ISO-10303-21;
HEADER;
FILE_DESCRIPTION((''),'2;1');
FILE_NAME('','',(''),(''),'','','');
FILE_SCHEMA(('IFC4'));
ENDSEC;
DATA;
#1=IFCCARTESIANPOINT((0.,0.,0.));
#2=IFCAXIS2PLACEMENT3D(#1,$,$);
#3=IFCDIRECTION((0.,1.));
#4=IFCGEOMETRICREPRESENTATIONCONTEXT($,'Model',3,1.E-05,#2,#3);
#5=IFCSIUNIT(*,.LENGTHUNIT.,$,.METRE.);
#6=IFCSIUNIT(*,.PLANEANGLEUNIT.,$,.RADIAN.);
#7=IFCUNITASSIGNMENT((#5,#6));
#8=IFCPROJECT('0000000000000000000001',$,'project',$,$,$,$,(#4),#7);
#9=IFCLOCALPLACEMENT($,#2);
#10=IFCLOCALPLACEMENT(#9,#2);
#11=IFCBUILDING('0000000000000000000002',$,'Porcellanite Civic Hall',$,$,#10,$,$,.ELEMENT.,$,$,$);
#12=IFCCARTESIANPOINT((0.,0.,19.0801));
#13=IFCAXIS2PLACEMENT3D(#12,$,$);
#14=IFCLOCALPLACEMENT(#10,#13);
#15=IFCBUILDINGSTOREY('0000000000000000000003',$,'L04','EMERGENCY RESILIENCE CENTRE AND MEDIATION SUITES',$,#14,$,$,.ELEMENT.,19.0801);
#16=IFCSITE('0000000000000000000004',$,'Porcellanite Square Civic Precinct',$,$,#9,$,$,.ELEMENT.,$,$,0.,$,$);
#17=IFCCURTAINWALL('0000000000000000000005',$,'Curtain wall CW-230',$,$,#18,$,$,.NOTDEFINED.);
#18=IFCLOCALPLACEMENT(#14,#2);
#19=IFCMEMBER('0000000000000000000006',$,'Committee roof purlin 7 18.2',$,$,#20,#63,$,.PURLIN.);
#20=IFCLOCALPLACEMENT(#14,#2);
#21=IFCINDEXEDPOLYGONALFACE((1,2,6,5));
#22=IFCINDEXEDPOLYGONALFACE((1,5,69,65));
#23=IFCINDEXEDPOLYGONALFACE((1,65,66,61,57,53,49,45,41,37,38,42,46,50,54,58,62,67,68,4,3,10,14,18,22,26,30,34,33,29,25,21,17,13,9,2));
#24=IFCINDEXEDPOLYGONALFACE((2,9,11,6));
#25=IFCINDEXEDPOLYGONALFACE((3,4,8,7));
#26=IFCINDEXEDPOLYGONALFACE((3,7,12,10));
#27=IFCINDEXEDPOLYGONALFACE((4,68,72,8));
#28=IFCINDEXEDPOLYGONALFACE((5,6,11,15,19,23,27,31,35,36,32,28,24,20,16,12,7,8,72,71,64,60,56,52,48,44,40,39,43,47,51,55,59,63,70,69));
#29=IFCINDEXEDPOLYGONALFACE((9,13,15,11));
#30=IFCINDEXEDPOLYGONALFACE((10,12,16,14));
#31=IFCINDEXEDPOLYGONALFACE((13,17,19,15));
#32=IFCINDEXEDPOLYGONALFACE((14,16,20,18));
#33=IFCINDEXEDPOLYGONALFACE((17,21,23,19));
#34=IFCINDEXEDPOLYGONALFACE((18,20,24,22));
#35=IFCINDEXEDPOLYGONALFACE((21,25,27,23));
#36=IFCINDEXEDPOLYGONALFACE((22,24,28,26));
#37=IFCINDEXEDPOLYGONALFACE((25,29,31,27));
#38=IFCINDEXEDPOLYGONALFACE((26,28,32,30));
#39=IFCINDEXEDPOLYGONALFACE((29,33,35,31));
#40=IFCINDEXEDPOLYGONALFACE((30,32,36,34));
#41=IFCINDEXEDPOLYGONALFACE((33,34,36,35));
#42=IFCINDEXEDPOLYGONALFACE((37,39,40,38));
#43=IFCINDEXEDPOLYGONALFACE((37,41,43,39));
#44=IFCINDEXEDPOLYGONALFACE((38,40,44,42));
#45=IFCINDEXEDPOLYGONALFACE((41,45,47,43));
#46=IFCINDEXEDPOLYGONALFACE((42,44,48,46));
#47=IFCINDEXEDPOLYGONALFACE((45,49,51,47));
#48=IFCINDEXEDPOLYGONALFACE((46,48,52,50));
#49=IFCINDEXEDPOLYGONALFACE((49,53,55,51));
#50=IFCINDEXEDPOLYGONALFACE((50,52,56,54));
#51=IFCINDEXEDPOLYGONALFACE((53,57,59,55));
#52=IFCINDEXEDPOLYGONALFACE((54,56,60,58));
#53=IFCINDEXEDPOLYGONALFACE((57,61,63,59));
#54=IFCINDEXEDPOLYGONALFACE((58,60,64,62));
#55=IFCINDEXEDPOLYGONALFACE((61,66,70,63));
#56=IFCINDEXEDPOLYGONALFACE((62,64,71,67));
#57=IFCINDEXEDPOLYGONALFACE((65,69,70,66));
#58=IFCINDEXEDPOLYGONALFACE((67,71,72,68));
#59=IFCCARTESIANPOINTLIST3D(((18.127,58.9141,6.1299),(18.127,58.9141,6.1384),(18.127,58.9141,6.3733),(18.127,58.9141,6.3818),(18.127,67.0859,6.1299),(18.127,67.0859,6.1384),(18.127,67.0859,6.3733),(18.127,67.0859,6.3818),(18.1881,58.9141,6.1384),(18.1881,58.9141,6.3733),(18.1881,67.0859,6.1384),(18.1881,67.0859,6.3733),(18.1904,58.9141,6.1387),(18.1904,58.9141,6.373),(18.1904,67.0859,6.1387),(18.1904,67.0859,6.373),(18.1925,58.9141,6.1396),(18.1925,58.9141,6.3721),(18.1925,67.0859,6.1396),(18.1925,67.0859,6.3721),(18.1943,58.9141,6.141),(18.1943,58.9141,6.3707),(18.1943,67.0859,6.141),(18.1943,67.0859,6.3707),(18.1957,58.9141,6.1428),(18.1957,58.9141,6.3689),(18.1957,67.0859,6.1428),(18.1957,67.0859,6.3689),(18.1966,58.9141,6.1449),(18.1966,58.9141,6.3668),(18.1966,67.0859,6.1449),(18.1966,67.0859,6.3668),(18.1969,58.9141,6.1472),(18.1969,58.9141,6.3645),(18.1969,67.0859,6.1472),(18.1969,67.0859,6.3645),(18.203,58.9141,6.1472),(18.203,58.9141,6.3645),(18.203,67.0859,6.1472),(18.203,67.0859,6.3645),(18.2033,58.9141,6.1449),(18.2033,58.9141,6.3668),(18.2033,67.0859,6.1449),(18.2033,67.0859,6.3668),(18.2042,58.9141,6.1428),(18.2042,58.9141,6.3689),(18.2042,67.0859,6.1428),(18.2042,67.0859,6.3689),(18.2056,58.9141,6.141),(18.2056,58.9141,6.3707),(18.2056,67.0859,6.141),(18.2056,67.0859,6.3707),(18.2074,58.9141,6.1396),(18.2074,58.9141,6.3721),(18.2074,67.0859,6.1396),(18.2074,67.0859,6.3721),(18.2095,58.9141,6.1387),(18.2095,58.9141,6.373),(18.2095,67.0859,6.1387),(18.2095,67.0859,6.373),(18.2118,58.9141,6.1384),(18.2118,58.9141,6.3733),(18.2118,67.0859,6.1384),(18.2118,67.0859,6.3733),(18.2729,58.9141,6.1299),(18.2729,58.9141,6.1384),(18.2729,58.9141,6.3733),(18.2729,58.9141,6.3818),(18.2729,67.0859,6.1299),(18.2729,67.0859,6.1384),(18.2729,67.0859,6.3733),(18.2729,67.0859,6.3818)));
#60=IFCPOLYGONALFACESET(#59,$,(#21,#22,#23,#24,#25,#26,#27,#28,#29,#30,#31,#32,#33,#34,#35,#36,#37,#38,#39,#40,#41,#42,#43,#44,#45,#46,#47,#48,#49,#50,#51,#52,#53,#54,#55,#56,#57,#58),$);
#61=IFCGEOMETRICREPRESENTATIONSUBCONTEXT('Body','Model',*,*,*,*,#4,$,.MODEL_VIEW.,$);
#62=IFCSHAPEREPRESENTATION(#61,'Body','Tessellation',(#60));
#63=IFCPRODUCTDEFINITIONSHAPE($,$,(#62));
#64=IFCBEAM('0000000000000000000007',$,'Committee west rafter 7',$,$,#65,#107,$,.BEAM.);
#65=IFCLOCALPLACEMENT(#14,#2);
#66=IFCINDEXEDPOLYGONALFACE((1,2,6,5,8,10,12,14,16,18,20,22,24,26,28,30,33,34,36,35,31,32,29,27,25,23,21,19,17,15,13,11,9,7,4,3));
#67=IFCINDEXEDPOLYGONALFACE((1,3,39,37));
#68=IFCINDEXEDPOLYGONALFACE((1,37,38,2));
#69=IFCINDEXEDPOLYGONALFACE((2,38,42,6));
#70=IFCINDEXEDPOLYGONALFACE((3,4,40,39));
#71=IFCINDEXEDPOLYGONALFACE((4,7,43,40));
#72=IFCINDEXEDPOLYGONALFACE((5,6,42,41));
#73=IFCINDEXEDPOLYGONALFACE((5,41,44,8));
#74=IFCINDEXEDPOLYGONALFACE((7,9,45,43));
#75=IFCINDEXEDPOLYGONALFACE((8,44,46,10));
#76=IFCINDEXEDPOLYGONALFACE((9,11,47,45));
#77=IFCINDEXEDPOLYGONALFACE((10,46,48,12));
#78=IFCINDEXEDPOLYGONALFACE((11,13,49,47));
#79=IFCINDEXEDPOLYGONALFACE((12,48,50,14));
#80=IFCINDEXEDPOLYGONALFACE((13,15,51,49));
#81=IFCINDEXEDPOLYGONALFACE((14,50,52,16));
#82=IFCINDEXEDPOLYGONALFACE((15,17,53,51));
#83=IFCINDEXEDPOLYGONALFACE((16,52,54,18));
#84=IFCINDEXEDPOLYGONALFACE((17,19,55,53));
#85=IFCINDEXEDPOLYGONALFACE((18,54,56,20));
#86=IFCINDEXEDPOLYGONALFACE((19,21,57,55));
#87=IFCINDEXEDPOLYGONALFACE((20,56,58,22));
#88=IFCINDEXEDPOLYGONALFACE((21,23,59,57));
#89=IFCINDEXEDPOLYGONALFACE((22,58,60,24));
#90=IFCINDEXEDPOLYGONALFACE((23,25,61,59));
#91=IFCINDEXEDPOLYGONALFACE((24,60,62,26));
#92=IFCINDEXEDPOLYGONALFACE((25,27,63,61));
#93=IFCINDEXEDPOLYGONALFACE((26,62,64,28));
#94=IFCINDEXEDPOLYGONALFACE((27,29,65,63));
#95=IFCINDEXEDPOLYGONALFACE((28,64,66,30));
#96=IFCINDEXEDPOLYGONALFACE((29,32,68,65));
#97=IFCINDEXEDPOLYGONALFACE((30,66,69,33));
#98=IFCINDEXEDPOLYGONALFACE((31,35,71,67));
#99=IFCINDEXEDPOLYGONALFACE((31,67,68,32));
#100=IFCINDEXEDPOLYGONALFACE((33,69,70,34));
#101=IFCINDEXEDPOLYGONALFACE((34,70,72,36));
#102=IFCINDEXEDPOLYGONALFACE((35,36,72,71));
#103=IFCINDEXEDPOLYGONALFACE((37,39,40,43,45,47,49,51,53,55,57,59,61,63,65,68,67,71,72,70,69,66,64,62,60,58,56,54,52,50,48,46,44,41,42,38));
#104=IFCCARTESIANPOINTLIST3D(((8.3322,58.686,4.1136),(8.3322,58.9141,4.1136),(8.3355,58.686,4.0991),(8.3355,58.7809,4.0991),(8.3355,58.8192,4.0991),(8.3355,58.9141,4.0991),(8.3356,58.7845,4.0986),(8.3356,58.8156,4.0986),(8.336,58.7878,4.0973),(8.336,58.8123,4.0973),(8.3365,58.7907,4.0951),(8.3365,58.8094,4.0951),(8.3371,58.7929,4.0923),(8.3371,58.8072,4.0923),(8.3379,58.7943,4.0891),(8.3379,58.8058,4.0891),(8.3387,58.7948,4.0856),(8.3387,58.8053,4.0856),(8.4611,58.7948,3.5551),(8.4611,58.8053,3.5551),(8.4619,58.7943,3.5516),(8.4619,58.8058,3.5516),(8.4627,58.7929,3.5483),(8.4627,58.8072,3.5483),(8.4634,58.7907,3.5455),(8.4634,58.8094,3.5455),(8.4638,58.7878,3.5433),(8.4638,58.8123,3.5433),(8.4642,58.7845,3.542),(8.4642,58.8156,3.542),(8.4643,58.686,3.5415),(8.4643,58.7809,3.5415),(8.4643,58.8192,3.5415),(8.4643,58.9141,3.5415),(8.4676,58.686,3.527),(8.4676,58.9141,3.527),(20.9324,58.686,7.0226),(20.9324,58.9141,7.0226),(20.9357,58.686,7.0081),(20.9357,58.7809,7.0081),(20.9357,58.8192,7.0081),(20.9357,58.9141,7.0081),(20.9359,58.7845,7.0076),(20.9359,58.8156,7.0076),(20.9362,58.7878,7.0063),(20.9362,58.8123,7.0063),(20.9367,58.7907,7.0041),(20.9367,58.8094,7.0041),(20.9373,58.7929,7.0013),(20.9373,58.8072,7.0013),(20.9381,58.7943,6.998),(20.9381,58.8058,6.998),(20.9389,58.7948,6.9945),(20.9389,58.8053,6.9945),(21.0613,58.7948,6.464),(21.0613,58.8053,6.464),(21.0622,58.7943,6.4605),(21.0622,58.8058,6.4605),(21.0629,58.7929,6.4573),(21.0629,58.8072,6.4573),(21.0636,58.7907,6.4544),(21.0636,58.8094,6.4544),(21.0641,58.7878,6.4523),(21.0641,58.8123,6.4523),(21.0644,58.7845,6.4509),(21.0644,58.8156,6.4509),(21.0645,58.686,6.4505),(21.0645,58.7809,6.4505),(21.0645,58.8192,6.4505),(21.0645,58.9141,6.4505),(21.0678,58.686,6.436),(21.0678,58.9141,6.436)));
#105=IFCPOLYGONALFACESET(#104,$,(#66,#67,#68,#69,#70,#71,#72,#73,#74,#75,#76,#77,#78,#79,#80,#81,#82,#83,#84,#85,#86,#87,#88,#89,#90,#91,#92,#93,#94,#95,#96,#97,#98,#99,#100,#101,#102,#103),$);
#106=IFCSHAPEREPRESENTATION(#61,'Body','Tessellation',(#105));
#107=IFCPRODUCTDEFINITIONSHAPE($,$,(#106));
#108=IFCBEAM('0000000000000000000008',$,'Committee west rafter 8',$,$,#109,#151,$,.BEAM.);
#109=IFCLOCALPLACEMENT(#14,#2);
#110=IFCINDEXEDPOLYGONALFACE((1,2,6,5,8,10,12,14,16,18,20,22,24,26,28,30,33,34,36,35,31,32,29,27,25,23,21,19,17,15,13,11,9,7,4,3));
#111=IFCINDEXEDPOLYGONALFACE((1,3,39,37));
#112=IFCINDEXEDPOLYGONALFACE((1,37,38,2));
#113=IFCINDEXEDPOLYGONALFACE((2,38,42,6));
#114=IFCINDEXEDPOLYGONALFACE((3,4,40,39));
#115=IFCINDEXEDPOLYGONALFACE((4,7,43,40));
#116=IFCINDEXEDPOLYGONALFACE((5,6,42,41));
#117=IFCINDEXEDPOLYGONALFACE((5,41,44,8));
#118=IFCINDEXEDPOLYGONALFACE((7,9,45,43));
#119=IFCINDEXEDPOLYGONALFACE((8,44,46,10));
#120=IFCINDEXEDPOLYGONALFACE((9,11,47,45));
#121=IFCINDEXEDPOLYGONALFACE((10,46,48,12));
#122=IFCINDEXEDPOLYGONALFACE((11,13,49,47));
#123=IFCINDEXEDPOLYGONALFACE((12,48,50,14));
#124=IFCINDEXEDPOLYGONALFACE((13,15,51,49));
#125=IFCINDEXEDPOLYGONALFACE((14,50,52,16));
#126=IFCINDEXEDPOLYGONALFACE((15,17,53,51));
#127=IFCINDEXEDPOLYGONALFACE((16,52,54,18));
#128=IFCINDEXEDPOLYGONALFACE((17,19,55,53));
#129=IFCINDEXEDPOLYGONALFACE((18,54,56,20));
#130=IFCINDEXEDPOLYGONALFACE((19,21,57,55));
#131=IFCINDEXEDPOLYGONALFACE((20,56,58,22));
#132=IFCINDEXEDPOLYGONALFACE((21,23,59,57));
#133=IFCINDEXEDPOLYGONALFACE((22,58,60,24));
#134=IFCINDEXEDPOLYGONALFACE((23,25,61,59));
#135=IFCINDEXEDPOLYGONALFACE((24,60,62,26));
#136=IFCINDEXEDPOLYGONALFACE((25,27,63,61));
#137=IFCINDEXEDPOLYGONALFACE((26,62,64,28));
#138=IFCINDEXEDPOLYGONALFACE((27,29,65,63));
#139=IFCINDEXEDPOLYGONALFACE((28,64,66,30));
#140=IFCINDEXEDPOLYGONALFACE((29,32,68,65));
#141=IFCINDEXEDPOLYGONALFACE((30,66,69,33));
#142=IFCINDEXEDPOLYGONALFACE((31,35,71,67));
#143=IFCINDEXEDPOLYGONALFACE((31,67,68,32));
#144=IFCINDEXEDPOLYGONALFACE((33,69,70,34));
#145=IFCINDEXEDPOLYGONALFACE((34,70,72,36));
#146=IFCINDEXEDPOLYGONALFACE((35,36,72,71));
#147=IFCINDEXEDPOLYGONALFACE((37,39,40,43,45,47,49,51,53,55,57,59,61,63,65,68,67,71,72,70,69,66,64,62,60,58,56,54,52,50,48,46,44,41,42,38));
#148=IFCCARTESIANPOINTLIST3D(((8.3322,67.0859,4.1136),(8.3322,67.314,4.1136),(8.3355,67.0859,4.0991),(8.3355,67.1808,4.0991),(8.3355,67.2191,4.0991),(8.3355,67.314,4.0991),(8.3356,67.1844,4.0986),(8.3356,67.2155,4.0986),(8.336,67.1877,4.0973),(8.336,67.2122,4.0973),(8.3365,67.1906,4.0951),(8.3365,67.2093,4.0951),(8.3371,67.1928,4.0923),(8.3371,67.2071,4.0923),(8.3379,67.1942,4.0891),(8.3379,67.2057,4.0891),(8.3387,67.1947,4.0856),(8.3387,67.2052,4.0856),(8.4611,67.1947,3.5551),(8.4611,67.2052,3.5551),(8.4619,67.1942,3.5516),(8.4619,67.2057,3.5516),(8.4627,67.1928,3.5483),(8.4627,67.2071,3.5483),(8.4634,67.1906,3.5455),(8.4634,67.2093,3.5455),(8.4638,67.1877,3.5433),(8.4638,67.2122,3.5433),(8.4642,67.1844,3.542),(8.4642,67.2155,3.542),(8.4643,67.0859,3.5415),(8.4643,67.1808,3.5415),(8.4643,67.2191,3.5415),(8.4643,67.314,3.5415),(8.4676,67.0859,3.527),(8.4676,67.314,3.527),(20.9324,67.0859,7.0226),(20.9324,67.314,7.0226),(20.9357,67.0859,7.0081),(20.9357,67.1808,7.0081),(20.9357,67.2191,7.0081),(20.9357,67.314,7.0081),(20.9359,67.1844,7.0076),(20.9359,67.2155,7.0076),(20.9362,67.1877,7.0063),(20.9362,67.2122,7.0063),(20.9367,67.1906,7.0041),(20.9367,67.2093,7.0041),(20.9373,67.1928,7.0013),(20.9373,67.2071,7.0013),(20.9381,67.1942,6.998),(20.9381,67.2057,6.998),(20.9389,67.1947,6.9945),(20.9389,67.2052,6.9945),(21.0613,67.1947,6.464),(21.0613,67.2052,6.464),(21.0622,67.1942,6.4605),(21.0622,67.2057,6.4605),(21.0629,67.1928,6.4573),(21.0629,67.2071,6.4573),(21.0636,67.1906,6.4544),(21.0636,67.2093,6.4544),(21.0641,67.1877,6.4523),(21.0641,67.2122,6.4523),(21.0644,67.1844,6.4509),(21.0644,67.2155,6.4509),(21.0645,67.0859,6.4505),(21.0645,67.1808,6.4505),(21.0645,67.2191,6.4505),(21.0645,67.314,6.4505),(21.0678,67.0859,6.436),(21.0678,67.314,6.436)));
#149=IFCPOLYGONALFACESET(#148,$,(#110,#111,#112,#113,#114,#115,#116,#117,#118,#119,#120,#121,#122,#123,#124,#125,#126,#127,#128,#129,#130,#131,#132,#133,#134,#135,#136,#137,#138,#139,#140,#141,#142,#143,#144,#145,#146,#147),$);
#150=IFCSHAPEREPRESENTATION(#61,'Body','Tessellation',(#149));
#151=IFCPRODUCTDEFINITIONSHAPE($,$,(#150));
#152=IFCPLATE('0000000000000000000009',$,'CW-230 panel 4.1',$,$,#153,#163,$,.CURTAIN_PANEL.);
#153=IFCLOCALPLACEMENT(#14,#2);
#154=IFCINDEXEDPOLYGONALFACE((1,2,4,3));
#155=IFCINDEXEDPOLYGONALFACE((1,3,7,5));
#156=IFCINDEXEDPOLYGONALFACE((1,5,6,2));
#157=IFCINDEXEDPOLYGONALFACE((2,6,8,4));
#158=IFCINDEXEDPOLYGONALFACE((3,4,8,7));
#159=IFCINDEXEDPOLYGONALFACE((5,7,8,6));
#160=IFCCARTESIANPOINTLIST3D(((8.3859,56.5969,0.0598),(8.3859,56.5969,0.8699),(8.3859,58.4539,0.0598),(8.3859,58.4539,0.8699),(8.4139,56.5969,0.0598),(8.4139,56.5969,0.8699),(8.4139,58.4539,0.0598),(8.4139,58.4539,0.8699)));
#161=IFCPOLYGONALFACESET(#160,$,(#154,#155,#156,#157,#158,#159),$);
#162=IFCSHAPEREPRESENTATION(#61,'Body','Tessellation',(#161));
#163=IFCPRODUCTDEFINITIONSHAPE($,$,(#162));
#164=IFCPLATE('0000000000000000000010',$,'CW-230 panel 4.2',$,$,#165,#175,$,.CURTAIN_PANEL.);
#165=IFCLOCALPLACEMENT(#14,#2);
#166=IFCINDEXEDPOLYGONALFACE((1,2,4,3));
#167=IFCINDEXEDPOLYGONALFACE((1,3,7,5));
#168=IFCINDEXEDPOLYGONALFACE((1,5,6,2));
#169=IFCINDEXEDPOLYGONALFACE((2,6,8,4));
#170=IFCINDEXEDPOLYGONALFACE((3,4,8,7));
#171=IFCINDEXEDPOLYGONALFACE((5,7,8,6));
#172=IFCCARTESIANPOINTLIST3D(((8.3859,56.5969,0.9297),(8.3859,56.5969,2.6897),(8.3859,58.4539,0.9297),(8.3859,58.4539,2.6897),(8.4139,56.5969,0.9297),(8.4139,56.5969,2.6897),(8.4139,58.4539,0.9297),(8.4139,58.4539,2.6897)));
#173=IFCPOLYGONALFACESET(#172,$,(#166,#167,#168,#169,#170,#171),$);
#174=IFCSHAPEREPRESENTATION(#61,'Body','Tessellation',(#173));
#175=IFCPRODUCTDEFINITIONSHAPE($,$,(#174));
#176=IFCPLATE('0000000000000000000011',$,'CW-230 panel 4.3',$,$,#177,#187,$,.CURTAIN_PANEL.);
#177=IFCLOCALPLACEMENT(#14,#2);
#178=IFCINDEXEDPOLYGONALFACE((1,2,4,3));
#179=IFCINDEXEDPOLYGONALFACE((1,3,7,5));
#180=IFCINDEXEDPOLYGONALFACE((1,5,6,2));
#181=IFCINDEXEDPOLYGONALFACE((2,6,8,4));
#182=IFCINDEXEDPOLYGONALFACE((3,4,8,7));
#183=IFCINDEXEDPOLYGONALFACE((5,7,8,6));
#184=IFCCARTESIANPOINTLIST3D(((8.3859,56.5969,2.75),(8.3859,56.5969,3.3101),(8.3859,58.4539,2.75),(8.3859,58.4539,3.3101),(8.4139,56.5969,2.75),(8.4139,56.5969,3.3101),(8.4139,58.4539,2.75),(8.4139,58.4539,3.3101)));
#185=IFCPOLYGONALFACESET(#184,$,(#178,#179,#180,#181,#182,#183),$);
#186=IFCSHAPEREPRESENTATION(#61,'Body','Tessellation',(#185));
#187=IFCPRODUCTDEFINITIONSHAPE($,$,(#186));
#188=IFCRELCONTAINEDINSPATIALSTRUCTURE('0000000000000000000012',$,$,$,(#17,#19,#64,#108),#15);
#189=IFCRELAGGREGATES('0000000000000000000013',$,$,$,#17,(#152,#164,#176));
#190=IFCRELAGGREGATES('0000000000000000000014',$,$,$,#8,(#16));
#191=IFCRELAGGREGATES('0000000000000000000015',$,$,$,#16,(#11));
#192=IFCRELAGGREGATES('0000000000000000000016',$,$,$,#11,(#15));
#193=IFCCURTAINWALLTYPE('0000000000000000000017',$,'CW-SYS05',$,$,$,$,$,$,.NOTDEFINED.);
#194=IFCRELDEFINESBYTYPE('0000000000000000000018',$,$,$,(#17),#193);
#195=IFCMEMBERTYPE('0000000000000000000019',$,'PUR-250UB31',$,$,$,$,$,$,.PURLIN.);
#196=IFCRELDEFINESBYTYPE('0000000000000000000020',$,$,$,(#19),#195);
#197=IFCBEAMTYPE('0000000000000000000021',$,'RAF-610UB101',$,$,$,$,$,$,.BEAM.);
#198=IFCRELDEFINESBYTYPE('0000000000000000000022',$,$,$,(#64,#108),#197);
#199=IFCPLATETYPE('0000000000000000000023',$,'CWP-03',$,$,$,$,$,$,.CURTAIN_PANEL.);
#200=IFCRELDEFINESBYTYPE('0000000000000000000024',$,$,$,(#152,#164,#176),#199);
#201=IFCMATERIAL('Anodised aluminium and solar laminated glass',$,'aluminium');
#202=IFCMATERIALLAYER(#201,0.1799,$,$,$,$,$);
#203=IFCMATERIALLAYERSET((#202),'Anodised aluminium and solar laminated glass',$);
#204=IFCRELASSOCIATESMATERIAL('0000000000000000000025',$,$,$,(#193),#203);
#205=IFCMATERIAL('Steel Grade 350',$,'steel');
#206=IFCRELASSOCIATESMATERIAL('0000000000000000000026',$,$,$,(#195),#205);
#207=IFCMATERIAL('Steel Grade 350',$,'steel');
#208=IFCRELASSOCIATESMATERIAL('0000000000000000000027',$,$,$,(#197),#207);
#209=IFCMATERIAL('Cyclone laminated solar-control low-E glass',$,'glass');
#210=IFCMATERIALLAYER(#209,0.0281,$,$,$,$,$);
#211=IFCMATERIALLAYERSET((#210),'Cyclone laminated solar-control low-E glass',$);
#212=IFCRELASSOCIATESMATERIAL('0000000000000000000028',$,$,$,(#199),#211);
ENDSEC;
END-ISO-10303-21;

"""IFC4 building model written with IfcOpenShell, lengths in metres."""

from ifc_helpers import new_model, si_unit, direction, frame, origin, origin_2d, place, context, subcontext, project, spatial, rectangle, i_section, extrude, material, layer, layer_set, material_profile, profile_set, type_object, element, aggregate, save


model = new_model("IFC4")

# Units and contexts
model_context = context("Model", 3, precision=1e-05, world=origin(), true_north=direction((0.0, 1.0)))
body_context = subcontext(model_context, "Body", "Model", "MODEL_VIEW")
ifc_project = project(units=[si_unit("LENGTHUNIT", "METRE"), si_unit("PLANEANGLEUNIT", "RADIAN")], contexts=[model_context])

# Site, building, storey
site_placement = place(None, origin())
site = spatial("IfcSite", under=ifc_project, at=site_placement, Name="Porcellanite Square Civic Precinct", CompositionType="ELEMENT", RefElevation=0.0)
building_placement = place(site_placement, origin())
building = spatial("IfcBuilding", under=site, at=building_placement, Name="Porcellanite Civic Hall", CompositionType="ELEMENT")
storey_placement = place(building_placement, frame((0.0, 0.0, 19.0801)))
storey = spatial("IfcBuildingStorey", under=building, at=storey_placement, Name="L04", Description="EMERGENCY RESILIENCE CENTRE AND MEDIATION SUITES", CompositionType="ELEMENT", Elevation=19.0801)

# Curtain wall
ifc_material_1 = material(Name="Anodised aluminium and solar laminated glass", Category="aluminium")
ifc_layer_1 = layer(ifc_material_1, 0.1799)
ifc_layer_set_1 = layer_set([ifc_layer_1], Name="Anodised aluminium and solar laminated glass")
curtain_wall_type = type_object("IfcCurtainWallType", Name="CW-SYS05", PredefinedType="NOTDEFINED", material=ifc_layer_set_1)
curtain_wall_placement = place(storey_placement, origin())
curtain_wall = element("IfcCurtainWall", 1, at=curtain_wall_placement, inside=storey, type_object=curtain_wall_type, Name="Curtain wall CW-230", PredefinedType="NOTDEFINED")

# Member
ifc_material_2 = material(Name="Steel Grade 350", Category="steel")
ifc_material_profile_1 = material_profile(ifc_material_2, i_section(OverallWidth=0.146, OverallDepth=0.252, WebThickness=0.0061, FlangeThickness=0.0085, FilletRadius=0.0088, at=origin_2d()), Name="250UB31.4")
ifc_profile_set_1 = profile_set([ifc_material_profile_1], Name="Steel Grade 350")
member_type_1 = type_object("IfcMemberType", Name="PUR-250UB31", PredefinedType="PURLIN", material=ifc_profile_set_1)
for number, where, z_axis, x_axis, name in (
    (2, (18.2, 58.9141, 6.2559), (0.0, 1.0, 0.0), (-1.0, 0.0, 0.0), "Committee roof purlin 7 18.2"),
):
    element("IfcMember", number, at=place(storey_placement, frame(where, z_axis=z_axis, x_axis=x_axis)), inside=storey, type_object=member_type_1, Name=name, PredefinedType="PURLIN", context=body_context, shape_type="SweptSolid", body=[
        extrude(i_section(OverallWidth=0.146, OverallDepth=0.252, WebThickness=0.0061, FlangeThickness=0.0085, FilletRadius=0.0088, at=origin_2d()), origin(), (0.0, 0.0, 1.0), 8.1719),
    ])

# Beams
ifc_material_3 = material(Name="Steel Grade 350", Category="steel")
ifc_material_profile_2 = material_profile(ifc_material_3, i_section(OverallWidth=0.228, OverallDepth=0.6021, WebThickness=0.0105, FlangeThickness=0.0149, FilletRadius=0.0139, at=origin_2d()), Name="610UB101")
ifc_profile_set_2 = profile_set([ifc_material_profile_2], Name="Steel Grade 350")
beam_type = type_object("IfcBeamType", Name="RAF-610UB101", PredefinedType="BEAM", material=ifc_profile_set_2)
for number, where, z_axis, x_axis, name in (
    (3, (8.3999, 58.8, 3.8203), (0.974371, 0.0, 0.224949), (0.0, 1.0, 0.0), "Committee west rafter 7"),
    (4, (8.3999, 67.2, 3.8203), (0.974371, 0.0, 0.224949), (0.0, 1.0, 0.0), "Committee west rafter 8"),
):
    element("IfcBeam", number, at=place(storey_placement, frame(where, z_axis=z_axis, x_axis=x_axis)), inside=storey, type_object=beam_type, Name=name, PredefinedType="BEAM", context=body_context, shape_type="SweptSolid", body=[
        extrude(i_section(OverallWidth=0.228, OverallDepth=0.6021, WebThickness=0.0105, FlangeThickness=0.0149, FilletRadius=0.0139, at=origin_2d()), origin(), (0.0, 0.0, 1.0), 12.9316),
    ])

# Plates
ifc_material_4 = material(Name="Cyclone laminated solar-control low-E glass", Category="glass")
ifc_layer_2 = layer(ifc_material_4, 0.0281)
ifc_layer_set_2 = layer_set([ifc_layer_2], Name="Cyclone laminated solar-control low-E glass")
plate_type = type_object("IfcPlateType", Name="CWP-03", PredefinedType="CURTAIN_PANEL", material=ifc_layer_set_2)
plate_1_placement = place(storey_placement, frame((8.3999, 57.5254, 0.0598), z_axis=(0.0, 0.0, 1.0), x_axis=(0.0, 1.0, 0.0)))
plate_1 = element("IfcPlate", 5, at=plate_1_placement, type_object=plate_type, Name="CW-230 panel 4.1", PredefinedType="CURTAIN_PANEL", context=body_context, shape_type="SweptSolid", body=[
    extrude(rectangle(XDim=1.8569, YDim=0.0281, at=origin_2d()), origin(), (0.0, 0.0, 1.0), 0.8101),
])
plate_2_placement = place(storey_placement, frame((8.3999, 57.5254, 0.9297), z_axis=(0.0, 0.0, 1.0), x_axis=(0.0, 1.0, 0.0)))
plate_2 = element("IfcPlate", 6, at=plate_2_placement, type_object=plate_type, Name="CW-230 panel 4.2", PredefinedType="CURTAIN_PANEL", context=body_context, shape_type="SweptSolid", body=[
    extrude(rectangle(XDim=1.8569, YDim=0.0281, at=origin_2d()), origin(), (0.0, 0.0, 1.0), 1.76),
])
plate_3_placement = place(storey_placement, frame((8.3999, 57.5254, 2.75), z_axis=(0.0, 0.0, 1.0), x_axis=(0.0, 1.0, 0.0)))
plate_3 = element("IfcPlate", 7, at=plate_3_placement, type_object=plate_type, Name="CW-230 panel 4.3", PredefinedType="CURTAIN_PANEL", context=body_context, shape_type="SweptSolid", body=[
    extrude(rectangle(XDim=1.8569, YDim=0.0281, at=origin_2d()), origin(), (0.0, 0.0, 1.0), 0.5601),
])
aggregate(curtain_wall, [plate_1, plate_2, plate_3])

save(model, "model.ifc")
